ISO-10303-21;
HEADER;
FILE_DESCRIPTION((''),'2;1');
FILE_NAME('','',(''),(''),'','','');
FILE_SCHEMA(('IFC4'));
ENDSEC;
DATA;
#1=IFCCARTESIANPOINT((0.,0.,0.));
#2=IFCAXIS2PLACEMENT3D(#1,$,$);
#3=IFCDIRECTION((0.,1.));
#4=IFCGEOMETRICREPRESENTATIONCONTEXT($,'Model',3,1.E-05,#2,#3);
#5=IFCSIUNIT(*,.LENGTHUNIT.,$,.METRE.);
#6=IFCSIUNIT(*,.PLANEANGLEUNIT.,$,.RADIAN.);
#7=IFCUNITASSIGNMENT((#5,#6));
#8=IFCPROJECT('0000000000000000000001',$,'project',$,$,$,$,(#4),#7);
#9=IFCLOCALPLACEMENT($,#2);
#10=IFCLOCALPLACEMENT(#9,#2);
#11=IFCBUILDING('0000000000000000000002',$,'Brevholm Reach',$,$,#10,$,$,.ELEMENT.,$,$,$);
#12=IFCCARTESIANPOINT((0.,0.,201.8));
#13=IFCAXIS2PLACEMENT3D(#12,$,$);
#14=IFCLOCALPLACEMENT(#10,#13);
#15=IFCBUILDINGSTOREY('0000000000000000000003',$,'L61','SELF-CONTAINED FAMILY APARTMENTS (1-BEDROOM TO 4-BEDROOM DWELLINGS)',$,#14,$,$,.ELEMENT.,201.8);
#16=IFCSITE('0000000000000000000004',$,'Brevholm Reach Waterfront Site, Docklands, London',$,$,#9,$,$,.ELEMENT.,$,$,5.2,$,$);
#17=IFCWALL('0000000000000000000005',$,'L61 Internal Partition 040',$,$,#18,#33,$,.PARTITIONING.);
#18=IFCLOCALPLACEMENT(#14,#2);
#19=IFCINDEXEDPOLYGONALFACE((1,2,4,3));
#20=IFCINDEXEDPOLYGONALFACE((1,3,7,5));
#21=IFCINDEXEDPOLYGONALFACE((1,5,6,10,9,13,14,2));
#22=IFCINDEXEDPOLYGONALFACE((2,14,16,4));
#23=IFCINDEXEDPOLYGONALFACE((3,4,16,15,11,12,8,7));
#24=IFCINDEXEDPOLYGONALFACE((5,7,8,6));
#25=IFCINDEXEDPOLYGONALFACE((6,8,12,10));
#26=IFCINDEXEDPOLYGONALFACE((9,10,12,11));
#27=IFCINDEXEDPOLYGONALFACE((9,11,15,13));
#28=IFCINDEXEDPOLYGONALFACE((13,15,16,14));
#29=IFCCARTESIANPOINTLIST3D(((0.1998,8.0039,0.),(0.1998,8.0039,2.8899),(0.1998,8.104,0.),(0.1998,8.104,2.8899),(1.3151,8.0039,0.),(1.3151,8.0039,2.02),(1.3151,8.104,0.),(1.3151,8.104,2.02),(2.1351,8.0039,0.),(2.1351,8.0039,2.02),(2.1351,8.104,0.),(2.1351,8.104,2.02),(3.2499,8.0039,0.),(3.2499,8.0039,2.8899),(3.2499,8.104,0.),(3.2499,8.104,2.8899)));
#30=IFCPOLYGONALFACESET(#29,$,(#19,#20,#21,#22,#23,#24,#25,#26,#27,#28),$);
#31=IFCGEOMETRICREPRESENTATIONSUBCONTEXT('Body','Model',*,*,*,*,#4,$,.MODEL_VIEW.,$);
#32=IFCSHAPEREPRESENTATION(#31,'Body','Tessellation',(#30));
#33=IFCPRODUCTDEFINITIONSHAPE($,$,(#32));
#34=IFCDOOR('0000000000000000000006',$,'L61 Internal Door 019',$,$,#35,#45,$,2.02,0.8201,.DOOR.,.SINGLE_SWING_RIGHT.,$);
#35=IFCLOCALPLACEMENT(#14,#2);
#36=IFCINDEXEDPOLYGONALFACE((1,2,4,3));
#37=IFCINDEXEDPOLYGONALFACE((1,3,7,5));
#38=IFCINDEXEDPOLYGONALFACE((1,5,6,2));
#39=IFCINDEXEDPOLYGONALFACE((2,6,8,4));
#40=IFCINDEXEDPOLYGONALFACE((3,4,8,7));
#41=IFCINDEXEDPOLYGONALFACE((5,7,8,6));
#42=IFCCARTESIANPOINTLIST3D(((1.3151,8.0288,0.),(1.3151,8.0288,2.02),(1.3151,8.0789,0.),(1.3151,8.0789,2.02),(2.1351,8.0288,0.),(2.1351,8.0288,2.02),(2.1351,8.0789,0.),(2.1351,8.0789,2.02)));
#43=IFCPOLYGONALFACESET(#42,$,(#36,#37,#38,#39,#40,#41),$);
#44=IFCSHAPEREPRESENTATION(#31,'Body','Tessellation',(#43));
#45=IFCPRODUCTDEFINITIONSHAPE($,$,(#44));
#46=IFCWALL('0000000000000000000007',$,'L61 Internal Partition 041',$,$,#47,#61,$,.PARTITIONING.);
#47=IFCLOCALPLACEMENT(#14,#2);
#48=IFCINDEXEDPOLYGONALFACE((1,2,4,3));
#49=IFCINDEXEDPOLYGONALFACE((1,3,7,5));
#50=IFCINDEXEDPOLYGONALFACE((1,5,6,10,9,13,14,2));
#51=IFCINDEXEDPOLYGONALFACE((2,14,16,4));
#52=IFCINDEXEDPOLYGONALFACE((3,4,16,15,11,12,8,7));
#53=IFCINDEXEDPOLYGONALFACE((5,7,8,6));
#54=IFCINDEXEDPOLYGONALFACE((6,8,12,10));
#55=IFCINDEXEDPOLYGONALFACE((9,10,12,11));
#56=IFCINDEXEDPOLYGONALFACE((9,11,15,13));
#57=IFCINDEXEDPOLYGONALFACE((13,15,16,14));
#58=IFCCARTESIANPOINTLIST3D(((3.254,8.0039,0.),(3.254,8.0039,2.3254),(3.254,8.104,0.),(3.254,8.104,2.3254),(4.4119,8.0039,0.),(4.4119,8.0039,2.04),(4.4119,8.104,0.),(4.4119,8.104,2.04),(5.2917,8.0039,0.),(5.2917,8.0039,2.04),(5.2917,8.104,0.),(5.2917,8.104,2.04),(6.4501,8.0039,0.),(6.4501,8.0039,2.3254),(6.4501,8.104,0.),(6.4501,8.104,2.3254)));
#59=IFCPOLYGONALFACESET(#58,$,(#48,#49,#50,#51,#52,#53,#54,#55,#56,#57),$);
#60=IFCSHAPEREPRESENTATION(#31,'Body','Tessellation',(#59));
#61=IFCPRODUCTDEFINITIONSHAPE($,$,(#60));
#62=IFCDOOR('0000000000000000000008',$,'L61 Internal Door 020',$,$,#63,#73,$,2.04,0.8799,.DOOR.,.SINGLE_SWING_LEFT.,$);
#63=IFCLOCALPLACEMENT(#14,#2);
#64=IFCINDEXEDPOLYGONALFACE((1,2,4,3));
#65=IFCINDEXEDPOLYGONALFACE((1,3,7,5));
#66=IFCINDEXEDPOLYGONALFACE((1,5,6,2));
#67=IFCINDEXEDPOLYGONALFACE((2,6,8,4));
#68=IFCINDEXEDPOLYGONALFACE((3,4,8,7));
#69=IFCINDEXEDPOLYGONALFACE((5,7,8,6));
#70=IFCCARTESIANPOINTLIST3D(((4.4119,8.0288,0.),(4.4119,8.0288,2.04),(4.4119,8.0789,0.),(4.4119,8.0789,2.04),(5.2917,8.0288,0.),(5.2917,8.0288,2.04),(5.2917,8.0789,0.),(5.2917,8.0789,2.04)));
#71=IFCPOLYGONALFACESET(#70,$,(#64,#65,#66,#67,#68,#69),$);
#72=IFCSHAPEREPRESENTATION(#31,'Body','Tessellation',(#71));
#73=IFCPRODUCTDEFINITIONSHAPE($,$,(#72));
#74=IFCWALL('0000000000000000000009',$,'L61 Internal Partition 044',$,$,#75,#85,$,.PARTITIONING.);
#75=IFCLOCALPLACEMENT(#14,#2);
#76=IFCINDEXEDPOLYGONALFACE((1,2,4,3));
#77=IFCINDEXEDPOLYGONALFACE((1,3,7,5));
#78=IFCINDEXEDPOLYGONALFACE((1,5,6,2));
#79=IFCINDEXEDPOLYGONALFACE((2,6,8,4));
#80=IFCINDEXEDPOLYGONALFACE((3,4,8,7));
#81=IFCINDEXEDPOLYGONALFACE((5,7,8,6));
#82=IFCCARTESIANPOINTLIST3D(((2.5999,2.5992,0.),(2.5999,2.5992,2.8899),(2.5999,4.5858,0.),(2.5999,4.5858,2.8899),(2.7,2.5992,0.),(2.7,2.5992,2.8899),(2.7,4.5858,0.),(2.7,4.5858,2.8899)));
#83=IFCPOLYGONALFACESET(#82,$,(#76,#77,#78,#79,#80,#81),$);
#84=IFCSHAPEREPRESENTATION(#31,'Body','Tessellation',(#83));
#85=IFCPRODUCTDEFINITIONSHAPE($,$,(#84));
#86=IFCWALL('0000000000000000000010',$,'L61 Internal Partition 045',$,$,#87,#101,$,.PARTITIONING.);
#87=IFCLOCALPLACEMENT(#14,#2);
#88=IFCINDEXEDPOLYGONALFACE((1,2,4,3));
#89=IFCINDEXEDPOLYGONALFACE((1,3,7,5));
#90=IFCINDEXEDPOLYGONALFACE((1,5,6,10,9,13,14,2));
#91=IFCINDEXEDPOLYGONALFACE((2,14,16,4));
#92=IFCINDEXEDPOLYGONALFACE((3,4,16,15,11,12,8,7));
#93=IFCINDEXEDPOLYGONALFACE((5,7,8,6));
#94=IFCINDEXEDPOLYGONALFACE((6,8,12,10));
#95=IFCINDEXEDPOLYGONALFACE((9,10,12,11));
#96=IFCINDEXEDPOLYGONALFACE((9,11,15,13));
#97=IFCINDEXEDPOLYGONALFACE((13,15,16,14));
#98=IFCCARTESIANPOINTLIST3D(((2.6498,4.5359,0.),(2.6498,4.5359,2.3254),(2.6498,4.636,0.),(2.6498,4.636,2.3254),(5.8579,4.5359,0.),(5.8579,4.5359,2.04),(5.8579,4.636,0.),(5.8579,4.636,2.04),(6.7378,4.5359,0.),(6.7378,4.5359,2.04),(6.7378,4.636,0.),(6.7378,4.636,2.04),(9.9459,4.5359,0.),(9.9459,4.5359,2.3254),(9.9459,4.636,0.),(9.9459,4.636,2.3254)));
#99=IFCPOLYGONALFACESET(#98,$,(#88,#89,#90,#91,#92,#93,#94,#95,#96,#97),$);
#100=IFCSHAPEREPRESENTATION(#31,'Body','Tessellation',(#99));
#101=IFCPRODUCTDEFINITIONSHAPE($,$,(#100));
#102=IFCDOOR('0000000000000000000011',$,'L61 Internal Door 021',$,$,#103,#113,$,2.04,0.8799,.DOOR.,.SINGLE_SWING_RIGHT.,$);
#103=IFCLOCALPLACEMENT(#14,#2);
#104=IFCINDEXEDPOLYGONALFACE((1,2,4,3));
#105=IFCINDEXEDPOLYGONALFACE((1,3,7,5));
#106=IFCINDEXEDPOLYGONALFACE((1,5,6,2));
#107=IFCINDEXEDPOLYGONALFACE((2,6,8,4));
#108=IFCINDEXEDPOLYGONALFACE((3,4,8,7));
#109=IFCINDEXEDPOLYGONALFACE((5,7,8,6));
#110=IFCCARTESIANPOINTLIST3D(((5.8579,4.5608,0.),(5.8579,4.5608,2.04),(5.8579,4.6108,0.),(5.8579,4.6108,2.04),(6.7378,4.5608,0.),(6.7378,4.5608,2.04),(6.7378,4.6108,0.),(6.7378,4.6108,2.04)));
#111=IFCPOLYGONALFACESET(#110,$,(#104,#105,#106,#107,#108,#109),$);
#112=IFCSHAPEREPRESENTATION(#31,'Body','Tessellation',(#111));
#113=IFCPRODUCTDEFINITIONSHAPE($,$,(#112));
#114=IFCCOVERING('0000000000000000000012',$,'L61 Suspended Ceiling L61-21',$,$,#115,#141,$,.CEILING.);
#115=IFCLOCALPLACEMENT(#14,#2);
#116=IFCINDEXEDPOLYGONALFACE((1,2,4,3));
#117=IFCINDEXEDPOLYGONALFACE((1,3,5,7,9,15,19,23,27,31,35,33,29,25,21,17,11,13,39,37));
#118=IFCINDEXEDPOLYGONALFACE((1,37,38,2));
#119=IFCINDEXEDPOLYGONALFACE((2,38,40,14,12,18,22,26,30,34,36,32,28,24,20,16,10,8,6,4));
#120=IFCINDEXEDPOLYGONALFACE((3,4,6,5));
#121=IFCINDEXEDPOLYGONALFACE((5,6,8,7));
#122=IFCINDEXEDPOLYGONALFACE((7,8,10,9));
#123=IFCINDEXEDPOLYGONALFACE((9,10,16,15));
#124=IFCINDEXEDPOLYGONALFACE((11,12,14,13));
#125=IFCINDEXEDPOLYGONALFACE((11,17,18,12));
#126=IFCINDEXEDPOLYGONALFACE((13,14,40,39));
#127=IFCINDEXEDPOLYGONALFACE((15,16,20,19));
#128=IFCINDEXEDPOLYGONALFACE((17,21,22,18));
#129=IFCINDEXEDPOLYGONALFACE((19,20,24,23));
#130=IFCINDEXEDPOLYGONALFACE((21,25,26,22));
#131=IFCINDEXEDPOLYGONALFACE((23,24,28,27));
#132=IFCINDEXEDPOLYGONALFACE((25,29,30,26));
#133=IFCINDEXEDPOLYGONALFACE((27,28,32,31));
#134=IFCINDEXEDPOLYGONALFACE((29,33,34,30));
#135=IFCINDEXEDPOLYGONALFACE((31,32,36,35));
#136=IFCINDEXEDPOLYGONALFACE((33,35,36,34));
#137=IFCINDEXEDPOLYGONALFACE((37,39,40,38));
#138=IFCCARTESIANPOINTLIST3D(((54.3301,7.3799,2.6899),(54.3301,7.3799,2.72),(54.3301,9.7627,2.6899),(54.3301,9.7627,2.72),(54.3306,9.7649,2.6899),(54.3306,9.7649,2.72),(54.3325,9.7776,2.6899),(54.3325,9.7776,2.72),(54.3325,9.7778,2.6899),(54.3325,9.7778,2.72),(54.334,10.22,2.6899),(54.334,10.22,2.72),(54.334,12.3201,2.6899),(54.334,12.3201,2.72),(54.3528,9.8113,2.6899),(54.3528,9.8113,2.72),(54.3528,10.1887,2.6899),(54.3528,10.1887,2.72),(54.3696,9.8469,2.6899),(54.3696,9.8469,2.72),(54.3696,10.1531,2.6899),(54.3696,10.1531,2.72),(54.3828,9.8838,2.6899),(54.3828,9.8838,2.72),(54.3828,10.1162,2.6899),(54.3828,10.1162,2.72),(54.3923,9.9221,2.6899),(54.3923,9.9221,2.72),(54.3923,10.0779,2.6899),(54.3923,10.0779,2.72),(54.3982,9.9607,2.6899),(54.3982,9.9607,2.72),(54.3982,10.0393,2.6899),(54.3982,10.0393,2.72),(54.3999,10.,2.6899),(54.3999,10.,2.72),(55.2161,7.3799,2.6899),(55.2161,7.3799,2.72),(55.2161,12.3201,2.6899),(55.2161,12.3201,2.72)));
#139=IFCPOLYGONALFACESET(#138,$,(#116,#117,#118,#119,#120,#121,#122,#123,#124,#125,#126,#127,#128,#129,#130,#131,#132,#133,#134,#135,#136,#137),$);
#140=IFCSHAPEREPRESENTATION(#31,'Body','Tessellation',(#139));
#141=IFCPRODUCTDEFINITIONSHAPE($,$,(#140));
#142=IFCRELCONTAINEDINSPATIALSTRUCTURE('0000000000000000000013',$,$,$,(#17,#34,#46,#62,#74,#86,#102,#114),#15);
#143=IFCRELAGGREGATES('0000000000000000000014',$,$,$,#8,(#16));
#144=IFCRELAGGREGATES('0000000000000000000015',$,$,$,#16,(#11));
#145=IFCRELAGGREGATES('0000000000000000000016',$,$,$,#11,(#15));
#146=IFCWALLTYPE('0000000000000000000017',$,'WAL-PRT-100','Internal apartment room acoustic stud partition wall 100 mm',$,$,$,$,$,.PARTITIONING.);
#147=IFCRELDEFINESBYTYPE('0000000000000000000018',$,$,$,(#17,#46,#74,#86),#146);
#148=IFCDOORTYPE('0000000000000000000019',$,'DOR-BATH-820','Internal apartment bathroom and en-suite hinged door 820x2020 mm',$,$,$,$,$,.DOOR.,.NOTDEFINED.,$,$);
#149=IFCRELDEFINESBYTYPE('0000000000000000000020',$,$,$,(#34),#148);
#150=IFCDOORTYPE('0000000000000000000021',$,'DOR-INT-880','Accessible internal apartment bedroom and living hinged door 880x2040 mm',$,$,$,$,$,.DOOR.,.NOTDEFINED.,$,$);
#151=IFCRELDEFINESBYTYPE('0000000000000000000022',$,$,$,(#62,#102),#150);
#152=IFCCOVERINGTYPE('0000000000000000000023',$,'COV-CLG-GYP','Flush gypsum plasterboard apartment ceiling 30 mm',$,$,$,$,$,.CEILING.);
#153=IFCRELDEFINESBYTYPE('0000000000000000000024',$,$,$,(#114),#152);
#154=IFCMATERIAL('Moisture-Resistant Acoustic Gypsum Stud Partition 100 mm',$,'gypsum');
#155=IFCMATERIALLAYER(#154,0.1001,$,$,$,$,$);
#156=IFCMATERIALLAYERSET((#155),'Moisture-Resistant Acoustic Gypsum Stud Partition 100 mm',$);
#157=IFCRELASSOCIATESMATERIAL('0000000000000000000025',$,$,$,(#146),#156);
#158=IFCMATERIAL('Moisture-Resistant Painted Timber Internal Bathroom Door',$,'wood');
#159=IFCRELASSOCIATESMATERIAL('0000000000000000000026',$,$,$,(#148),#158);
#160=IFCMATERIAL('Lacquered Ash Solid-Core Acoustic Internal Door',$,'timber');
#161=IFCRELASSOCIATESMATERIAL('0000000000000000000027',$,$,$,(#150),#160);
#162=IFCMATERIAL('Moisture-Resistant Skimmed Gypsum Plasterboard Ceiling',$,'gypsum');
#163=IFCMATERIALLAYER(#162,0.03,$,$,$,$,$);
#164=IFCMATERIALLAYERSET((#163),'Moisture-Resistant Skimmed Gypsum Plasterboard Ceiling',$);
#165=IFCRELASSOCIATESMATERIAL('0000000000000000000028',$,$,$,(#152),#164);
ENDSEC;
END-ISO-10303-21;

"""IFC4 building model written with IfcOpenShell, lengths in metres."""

from ifc_helpers import new_model, si_unit, direction, frame, frame_2d, origin, place, context, subcontext, project, spatial, polyline, rectangle, outline, extrude, material, layer, layer_set, type_object, element, fill, save


model = new_model("IFC4")

# Units and contexts
model_context = context("Model", 3, precision=1e-05, world=origin(), true_north=direction((0.0, 1.0)))
body_context = subcontext(model_context, "Body", "Model", "MODEL_VIEW")
ifc_project = project(units=[si_unit("LENGTHUNIT", "METRE"), si_unit("PLANEANGLEUNIT", "RADIAN")], contexts=[model_context])

# Site, building, storey
site_placement = place(None, origin())
site = spatial("IfcSite", under=ifc_project, at=site_placement, Name="Brevholm Reach Waterfront Site, Docklands, London", CompositionType="ELEMENT", RefElevation=5.2)
building_placement = place(site_placement, origin())
building = spatial("IfcBuilding", under=site, at=building_placement, Name="Brevholm Reach", CompositionType="ELEMENT")
storey_placement = place(building_placement, frame((0.0, 0.0, 201.8)))
storey = spatial("IfcBuildingStorey", under=building, at=storey_placement, Name="L61", Description="SELF-CONTAINED FAMILY APARTMENTS (1-BEDROOM TO 4-BEDROOM DWELLINGS)", CompositionType="ELEMENT", Elevation=201.8)

# Shared definitions
ifc_material_1 = material(Name="Moisture-Resistant Acoustic Gypsum Stud Partition 100 mm", Category="gypsum")
ifc_layer_1 = layer(ifc_material_1, 0.1001)
ifc_layer_set_1 = layer_set([ifc_layer_1], Name="Moisture-Resistant Acoustic Gypsum Stud Partition 100 mm")
wall_type_1 = type_object("IfcWallType", Name="WAL-PRT-100", Description="Internal apartment room acoustic stud partition wall 100 mm", PredefinedType="PARTITIONING", material=ifc_layer_set_1)

# Walls, openings, doors
wall_1_placement = place(storey_placement, frame((0.2, 8.054, 0.0), z_axis=(0.0, 0.0, 1.0), x_axis=(1.0, 0.0, 0.0)))
wall_1 = element("IfcWall", 1, at=wall_1_placement, inside=storey, type_object=wall_type_1, Name="L61 Internal Partition 040", PredefinedType="PARTITIONING", context=body_context, shape_type="SweptSolid", body=[
    extrude(rectangle(XDim=3.05, YDim=0.1001, at=frame_2d((1.5249, 0.0))), origin(), (0.0, 0.0, 1.0), 2.8899),
])
opening_1_placement = place(wall_1_placement, frame((1.115, 0.0, 0.0)))
opening_1 = element("IfcOpeningElement", 2, at=opening_1_placement, cuts=wall_1, PredefinedType="OPENING", context=body_context, shape_type="SweptSolid", body=[
    extrude(rectangle(XDim=0.8201, YDim=2.02, at=frame_2d((0.4102, 1.01))), frame((0.0, 0.0601, 0.0), z_axis=(0.0, -1.0, 0.0), x_axis=(1.0, 0.0, 0.0)), (0.0, 0.0, 1.0), 0.1201),
])
ifc_material_2 = material(Name="Moisture-Resistant Painted Timber Internal Bathroom Door", Category="wood")
door_type_1 = type_object("IfcDoorType", Name="DOR-BATH-820", Description="Internal apartment bathroom and en-suite hinged door 820x2020 mm", OperationType="NOTDEFINED", PredefinedType="DOOR", material=ifc_material_2)
door_1_placement = place(opening_1_placement, origin())
door_1 = element("IfcDoor", 3, at=door_1_placement, inside=storey, type_object=door_type_1, Name="L61 Internal Door 019", OperationType="SINGLE_SWING_RIGHT", OverallHeight=2.02, OverallWidth=0.8201, PredefinedType="DOOR", context=body_context, shape_type="SweptSolid", body=[
    extrude(rectangle(XDim=0.8201, YDim=2.02, at=frame_2d((0.4102, 1.01))), frame((0.0, 0.0249, 0.0), z_axis=(0.0, -1.0, 0.0), x_axis=(1.0, 0.0, 0.0)), (0.0, 0.0, 1.0), 0.05),
])
fill(opening_1, door_1)
wall_2_placement = place(storey_placement, frame((3.2539, 8.054, 0.0), z_axis=(0.0, 0.0, 1.0), x_axis=(1.0, 0.0, 0.0)))
wall_2 = element("IfcWall", 4, at=wall_2_placement, inside=storey, type_object=wall_type_1, Name="L61 Internal Partition 041", PredefinedType="PARTITIONING", context=body_context, shape_type="SweptSolid", body=[
    extrude(rectangle(XDim=3.196, YDim=0.1001, at=frame_2d((1.5981, 0.0))), origin(), (0.0, 0.0, 1.0), 2.3254),
])
opening_2_placement = place(wall_2_placement, frame((1.158, 0.0, 0.0)))
opening_2 = element("IfcOpeningElement", 5, at=opening_2_placement, cuts=wall_2, PredefinedType="OPENING", context=body_context, shape_type="SweptSolid", body=[
    extrude(rectangle(XDim=0.8799, YDim=2.04, at=frame_2d((0.4399, 1.02))), frame((0.0, 0.0601, 0.0), z_axis=(0.0, -1.0, 0.0), x_axis=(1.0, 0.0, 0.0)), (0.0, 0.0, 1.0), 0.1201),
])
ifc_material_3 = material(Name="Lacquered Ash Solid-Core Acoustic Internal Door", Category="timber")
door_type_2 = type_object("IfcDoorType", Name="DOR-INT-880", Description="Accessible internal apartment bedroom and living hinged door 880x2040 mm", OperationType="NOTDEFINED", PredefinedType="DOOR", material=ifc_material_3)
door_2_placement = place(opening_2_placement, origin())
door_2 = element("IfcDoor", 6, at=door_2_placement, inside=storey, type_object=door_type_2, Name="L61 Internal Door 020", OperationType="SINGLE_SWING_LEFT", OverallHeight=2.04, OverallWidth=0.8799, PredefinedType="DOOR", context=body_context, shape_type="SweptSolid", body=[
    extrude(rectangle(XDim=0.8799, YDim=2.04, at=frame_2d((0.4399, 1.02))), frame((0.0, 0.0249, 0.0), z_axis=(0.0, -1.0, 0.0), x_axis=(1.0, 0.0, 0.0)), (0.0, 0.0, 1.0), 0.05),
])
fill(opening_2, door_2)

# Wall
wall_3_placement = place(storey_placement, frame((2.6499, 2.5994, 0.0), z_axis=(0.0, 0.0, 1.0), x_axis=(0.0, 1.0, 0.0)))
element("IfcWall", 7, at=wall_3_placement, inside=storey, type_object=wall_type_1, Name="L61 Internal Partition 044", PredefinedType="PARTITIONING", context=body_context, shape_type="SweptSolid", body=[
    extrude(rectangle(XDim=1.9866, YDim=0.1001, at=frame_2d((0.9932, 0.0))), origin(), (0.0, 0.0, 1.0), 2.8899),
])

# Wall, opening, door
wall_4_placement = place(storey_placement, frame((2.6499, 4.5859, 0.0), z_axis=(0.0, 0.0, 1.0), x_axis=(1.0, 0.0, 0.0)))
wall_4 = element("IfcWall", 8, at=wall_4_placement, inside=storey, type_object=wall_type_1, Name="L61 Internal Partition 045", PredefinedType="PARTITIONING", context=body_context, shape_type="SweptSolid", body=[
    extrude(rectangle(XDim=7.2961, YDim=0.1001, at=frame_2d((3.6479, 0.0))), origin(), (0.0, 0.0, 1.0), 2.3254),
])
opening_3_placement = place(wall_4_placement, frame((3.208, 0.0, 0.0)))
opening_3 = element("IfcOpeningElement", 9, at=opening_3_placement, cuts=wall_4, PredefinedType="OPENING", context=body_context, shape_type="SweptSolid", body=[
    extrude(rectangle(XDim=0.8799, YDim=2.04, at=frame_2d((0.4399, 1.02))), frame((0.0, 0.0601, 0.0), z_axis=(0.0, -1.0, 0.0), x_axis=(1.0, 0.0, 0.0)), (0.0, 0.0, 1.0), 0.1201),
])
door_3_placement = place(opening_3_placement, origin())
door_3 = element("IfcDoor", 10, at=door_3_placement, inside=storey, type_object=door_type_2, Name="L61 Internal Door 021", OperationType="SINGLE_SWING_RIGHT", OverallHeight=2.04, OverallWidth=0.8799, PredefinedType="DOOR", context=body_context, shape_type="SweptSolid", body=[
    extrude(rectangle(XDim=0.8799, YDim=2.04, at=frame_2d((0.4399, 1.02))), frame((0.0, 0.0249, 0.0), z_axis=(0.0, -1.0, 0.0), x_axis=(1.0, 0.0, 0.0)), (0.0, 0.0, 1.0), 0.05),
])
fill(opening_3, door_3)

# Covering
ifc_material_4 = material(Name="Moisture-Resistant Skimmed Gypsum Plasterboard Ceiling", Category="gypsum")
ifc_layer_2 = layer(ifc_material_4, 0.03)
ifc_layer_set_2 = layer_set([ifc_layer_2], Name="Moisture-Resistant Skimmed Gypsum Plasterboard Ceiling")
covering_type_1 = type_object("IfcCoveringType", Name="COV-CLG-GYP", Description="Flush gypsum plasterboard apartment ceiling 30 mm", PredefinedType="CEILING", material=ifc_layer_set_2)
covering_1_placement = place(storey_placement, frame((0.0, 0.0, 2.6899)))
element("IfcCovering", 11, at=covering_1_placement, inside=storey, type_object=covering_type_1, Name="L61 Suspended Ceiling L61-21", PredefinedType="CEILING", context=body_context, shape_type="SweptSolid", body=[
    extrude(outline(polyline([(54.3301, 9.7627), (54.3306, 9.7649), (54.3325, 9.7776), (54.3325, 9.7778), (54.3528, 9.8113), (54.3696, 9.8469), (54.3828, 9.8838), (54.3923, 9.9221), (54.3982, 9.9607), (54.3999, 10.0), (54.3982, 10.0393), (54.3923, 10.0779), (54.3828, 10.1162), (54.3696, 10.1531), (54.3528, 10.1887), (54.334, 10.22), (54.334, 12.3201), (55.2161, 12.3201), (55.2161, 7.3799), (54.3301, 7.3799), (54.3301, 9.7627)])), origin(), (0.0, 0.0, 1.0), 0.03),
])

save(model, "model.ifc")
